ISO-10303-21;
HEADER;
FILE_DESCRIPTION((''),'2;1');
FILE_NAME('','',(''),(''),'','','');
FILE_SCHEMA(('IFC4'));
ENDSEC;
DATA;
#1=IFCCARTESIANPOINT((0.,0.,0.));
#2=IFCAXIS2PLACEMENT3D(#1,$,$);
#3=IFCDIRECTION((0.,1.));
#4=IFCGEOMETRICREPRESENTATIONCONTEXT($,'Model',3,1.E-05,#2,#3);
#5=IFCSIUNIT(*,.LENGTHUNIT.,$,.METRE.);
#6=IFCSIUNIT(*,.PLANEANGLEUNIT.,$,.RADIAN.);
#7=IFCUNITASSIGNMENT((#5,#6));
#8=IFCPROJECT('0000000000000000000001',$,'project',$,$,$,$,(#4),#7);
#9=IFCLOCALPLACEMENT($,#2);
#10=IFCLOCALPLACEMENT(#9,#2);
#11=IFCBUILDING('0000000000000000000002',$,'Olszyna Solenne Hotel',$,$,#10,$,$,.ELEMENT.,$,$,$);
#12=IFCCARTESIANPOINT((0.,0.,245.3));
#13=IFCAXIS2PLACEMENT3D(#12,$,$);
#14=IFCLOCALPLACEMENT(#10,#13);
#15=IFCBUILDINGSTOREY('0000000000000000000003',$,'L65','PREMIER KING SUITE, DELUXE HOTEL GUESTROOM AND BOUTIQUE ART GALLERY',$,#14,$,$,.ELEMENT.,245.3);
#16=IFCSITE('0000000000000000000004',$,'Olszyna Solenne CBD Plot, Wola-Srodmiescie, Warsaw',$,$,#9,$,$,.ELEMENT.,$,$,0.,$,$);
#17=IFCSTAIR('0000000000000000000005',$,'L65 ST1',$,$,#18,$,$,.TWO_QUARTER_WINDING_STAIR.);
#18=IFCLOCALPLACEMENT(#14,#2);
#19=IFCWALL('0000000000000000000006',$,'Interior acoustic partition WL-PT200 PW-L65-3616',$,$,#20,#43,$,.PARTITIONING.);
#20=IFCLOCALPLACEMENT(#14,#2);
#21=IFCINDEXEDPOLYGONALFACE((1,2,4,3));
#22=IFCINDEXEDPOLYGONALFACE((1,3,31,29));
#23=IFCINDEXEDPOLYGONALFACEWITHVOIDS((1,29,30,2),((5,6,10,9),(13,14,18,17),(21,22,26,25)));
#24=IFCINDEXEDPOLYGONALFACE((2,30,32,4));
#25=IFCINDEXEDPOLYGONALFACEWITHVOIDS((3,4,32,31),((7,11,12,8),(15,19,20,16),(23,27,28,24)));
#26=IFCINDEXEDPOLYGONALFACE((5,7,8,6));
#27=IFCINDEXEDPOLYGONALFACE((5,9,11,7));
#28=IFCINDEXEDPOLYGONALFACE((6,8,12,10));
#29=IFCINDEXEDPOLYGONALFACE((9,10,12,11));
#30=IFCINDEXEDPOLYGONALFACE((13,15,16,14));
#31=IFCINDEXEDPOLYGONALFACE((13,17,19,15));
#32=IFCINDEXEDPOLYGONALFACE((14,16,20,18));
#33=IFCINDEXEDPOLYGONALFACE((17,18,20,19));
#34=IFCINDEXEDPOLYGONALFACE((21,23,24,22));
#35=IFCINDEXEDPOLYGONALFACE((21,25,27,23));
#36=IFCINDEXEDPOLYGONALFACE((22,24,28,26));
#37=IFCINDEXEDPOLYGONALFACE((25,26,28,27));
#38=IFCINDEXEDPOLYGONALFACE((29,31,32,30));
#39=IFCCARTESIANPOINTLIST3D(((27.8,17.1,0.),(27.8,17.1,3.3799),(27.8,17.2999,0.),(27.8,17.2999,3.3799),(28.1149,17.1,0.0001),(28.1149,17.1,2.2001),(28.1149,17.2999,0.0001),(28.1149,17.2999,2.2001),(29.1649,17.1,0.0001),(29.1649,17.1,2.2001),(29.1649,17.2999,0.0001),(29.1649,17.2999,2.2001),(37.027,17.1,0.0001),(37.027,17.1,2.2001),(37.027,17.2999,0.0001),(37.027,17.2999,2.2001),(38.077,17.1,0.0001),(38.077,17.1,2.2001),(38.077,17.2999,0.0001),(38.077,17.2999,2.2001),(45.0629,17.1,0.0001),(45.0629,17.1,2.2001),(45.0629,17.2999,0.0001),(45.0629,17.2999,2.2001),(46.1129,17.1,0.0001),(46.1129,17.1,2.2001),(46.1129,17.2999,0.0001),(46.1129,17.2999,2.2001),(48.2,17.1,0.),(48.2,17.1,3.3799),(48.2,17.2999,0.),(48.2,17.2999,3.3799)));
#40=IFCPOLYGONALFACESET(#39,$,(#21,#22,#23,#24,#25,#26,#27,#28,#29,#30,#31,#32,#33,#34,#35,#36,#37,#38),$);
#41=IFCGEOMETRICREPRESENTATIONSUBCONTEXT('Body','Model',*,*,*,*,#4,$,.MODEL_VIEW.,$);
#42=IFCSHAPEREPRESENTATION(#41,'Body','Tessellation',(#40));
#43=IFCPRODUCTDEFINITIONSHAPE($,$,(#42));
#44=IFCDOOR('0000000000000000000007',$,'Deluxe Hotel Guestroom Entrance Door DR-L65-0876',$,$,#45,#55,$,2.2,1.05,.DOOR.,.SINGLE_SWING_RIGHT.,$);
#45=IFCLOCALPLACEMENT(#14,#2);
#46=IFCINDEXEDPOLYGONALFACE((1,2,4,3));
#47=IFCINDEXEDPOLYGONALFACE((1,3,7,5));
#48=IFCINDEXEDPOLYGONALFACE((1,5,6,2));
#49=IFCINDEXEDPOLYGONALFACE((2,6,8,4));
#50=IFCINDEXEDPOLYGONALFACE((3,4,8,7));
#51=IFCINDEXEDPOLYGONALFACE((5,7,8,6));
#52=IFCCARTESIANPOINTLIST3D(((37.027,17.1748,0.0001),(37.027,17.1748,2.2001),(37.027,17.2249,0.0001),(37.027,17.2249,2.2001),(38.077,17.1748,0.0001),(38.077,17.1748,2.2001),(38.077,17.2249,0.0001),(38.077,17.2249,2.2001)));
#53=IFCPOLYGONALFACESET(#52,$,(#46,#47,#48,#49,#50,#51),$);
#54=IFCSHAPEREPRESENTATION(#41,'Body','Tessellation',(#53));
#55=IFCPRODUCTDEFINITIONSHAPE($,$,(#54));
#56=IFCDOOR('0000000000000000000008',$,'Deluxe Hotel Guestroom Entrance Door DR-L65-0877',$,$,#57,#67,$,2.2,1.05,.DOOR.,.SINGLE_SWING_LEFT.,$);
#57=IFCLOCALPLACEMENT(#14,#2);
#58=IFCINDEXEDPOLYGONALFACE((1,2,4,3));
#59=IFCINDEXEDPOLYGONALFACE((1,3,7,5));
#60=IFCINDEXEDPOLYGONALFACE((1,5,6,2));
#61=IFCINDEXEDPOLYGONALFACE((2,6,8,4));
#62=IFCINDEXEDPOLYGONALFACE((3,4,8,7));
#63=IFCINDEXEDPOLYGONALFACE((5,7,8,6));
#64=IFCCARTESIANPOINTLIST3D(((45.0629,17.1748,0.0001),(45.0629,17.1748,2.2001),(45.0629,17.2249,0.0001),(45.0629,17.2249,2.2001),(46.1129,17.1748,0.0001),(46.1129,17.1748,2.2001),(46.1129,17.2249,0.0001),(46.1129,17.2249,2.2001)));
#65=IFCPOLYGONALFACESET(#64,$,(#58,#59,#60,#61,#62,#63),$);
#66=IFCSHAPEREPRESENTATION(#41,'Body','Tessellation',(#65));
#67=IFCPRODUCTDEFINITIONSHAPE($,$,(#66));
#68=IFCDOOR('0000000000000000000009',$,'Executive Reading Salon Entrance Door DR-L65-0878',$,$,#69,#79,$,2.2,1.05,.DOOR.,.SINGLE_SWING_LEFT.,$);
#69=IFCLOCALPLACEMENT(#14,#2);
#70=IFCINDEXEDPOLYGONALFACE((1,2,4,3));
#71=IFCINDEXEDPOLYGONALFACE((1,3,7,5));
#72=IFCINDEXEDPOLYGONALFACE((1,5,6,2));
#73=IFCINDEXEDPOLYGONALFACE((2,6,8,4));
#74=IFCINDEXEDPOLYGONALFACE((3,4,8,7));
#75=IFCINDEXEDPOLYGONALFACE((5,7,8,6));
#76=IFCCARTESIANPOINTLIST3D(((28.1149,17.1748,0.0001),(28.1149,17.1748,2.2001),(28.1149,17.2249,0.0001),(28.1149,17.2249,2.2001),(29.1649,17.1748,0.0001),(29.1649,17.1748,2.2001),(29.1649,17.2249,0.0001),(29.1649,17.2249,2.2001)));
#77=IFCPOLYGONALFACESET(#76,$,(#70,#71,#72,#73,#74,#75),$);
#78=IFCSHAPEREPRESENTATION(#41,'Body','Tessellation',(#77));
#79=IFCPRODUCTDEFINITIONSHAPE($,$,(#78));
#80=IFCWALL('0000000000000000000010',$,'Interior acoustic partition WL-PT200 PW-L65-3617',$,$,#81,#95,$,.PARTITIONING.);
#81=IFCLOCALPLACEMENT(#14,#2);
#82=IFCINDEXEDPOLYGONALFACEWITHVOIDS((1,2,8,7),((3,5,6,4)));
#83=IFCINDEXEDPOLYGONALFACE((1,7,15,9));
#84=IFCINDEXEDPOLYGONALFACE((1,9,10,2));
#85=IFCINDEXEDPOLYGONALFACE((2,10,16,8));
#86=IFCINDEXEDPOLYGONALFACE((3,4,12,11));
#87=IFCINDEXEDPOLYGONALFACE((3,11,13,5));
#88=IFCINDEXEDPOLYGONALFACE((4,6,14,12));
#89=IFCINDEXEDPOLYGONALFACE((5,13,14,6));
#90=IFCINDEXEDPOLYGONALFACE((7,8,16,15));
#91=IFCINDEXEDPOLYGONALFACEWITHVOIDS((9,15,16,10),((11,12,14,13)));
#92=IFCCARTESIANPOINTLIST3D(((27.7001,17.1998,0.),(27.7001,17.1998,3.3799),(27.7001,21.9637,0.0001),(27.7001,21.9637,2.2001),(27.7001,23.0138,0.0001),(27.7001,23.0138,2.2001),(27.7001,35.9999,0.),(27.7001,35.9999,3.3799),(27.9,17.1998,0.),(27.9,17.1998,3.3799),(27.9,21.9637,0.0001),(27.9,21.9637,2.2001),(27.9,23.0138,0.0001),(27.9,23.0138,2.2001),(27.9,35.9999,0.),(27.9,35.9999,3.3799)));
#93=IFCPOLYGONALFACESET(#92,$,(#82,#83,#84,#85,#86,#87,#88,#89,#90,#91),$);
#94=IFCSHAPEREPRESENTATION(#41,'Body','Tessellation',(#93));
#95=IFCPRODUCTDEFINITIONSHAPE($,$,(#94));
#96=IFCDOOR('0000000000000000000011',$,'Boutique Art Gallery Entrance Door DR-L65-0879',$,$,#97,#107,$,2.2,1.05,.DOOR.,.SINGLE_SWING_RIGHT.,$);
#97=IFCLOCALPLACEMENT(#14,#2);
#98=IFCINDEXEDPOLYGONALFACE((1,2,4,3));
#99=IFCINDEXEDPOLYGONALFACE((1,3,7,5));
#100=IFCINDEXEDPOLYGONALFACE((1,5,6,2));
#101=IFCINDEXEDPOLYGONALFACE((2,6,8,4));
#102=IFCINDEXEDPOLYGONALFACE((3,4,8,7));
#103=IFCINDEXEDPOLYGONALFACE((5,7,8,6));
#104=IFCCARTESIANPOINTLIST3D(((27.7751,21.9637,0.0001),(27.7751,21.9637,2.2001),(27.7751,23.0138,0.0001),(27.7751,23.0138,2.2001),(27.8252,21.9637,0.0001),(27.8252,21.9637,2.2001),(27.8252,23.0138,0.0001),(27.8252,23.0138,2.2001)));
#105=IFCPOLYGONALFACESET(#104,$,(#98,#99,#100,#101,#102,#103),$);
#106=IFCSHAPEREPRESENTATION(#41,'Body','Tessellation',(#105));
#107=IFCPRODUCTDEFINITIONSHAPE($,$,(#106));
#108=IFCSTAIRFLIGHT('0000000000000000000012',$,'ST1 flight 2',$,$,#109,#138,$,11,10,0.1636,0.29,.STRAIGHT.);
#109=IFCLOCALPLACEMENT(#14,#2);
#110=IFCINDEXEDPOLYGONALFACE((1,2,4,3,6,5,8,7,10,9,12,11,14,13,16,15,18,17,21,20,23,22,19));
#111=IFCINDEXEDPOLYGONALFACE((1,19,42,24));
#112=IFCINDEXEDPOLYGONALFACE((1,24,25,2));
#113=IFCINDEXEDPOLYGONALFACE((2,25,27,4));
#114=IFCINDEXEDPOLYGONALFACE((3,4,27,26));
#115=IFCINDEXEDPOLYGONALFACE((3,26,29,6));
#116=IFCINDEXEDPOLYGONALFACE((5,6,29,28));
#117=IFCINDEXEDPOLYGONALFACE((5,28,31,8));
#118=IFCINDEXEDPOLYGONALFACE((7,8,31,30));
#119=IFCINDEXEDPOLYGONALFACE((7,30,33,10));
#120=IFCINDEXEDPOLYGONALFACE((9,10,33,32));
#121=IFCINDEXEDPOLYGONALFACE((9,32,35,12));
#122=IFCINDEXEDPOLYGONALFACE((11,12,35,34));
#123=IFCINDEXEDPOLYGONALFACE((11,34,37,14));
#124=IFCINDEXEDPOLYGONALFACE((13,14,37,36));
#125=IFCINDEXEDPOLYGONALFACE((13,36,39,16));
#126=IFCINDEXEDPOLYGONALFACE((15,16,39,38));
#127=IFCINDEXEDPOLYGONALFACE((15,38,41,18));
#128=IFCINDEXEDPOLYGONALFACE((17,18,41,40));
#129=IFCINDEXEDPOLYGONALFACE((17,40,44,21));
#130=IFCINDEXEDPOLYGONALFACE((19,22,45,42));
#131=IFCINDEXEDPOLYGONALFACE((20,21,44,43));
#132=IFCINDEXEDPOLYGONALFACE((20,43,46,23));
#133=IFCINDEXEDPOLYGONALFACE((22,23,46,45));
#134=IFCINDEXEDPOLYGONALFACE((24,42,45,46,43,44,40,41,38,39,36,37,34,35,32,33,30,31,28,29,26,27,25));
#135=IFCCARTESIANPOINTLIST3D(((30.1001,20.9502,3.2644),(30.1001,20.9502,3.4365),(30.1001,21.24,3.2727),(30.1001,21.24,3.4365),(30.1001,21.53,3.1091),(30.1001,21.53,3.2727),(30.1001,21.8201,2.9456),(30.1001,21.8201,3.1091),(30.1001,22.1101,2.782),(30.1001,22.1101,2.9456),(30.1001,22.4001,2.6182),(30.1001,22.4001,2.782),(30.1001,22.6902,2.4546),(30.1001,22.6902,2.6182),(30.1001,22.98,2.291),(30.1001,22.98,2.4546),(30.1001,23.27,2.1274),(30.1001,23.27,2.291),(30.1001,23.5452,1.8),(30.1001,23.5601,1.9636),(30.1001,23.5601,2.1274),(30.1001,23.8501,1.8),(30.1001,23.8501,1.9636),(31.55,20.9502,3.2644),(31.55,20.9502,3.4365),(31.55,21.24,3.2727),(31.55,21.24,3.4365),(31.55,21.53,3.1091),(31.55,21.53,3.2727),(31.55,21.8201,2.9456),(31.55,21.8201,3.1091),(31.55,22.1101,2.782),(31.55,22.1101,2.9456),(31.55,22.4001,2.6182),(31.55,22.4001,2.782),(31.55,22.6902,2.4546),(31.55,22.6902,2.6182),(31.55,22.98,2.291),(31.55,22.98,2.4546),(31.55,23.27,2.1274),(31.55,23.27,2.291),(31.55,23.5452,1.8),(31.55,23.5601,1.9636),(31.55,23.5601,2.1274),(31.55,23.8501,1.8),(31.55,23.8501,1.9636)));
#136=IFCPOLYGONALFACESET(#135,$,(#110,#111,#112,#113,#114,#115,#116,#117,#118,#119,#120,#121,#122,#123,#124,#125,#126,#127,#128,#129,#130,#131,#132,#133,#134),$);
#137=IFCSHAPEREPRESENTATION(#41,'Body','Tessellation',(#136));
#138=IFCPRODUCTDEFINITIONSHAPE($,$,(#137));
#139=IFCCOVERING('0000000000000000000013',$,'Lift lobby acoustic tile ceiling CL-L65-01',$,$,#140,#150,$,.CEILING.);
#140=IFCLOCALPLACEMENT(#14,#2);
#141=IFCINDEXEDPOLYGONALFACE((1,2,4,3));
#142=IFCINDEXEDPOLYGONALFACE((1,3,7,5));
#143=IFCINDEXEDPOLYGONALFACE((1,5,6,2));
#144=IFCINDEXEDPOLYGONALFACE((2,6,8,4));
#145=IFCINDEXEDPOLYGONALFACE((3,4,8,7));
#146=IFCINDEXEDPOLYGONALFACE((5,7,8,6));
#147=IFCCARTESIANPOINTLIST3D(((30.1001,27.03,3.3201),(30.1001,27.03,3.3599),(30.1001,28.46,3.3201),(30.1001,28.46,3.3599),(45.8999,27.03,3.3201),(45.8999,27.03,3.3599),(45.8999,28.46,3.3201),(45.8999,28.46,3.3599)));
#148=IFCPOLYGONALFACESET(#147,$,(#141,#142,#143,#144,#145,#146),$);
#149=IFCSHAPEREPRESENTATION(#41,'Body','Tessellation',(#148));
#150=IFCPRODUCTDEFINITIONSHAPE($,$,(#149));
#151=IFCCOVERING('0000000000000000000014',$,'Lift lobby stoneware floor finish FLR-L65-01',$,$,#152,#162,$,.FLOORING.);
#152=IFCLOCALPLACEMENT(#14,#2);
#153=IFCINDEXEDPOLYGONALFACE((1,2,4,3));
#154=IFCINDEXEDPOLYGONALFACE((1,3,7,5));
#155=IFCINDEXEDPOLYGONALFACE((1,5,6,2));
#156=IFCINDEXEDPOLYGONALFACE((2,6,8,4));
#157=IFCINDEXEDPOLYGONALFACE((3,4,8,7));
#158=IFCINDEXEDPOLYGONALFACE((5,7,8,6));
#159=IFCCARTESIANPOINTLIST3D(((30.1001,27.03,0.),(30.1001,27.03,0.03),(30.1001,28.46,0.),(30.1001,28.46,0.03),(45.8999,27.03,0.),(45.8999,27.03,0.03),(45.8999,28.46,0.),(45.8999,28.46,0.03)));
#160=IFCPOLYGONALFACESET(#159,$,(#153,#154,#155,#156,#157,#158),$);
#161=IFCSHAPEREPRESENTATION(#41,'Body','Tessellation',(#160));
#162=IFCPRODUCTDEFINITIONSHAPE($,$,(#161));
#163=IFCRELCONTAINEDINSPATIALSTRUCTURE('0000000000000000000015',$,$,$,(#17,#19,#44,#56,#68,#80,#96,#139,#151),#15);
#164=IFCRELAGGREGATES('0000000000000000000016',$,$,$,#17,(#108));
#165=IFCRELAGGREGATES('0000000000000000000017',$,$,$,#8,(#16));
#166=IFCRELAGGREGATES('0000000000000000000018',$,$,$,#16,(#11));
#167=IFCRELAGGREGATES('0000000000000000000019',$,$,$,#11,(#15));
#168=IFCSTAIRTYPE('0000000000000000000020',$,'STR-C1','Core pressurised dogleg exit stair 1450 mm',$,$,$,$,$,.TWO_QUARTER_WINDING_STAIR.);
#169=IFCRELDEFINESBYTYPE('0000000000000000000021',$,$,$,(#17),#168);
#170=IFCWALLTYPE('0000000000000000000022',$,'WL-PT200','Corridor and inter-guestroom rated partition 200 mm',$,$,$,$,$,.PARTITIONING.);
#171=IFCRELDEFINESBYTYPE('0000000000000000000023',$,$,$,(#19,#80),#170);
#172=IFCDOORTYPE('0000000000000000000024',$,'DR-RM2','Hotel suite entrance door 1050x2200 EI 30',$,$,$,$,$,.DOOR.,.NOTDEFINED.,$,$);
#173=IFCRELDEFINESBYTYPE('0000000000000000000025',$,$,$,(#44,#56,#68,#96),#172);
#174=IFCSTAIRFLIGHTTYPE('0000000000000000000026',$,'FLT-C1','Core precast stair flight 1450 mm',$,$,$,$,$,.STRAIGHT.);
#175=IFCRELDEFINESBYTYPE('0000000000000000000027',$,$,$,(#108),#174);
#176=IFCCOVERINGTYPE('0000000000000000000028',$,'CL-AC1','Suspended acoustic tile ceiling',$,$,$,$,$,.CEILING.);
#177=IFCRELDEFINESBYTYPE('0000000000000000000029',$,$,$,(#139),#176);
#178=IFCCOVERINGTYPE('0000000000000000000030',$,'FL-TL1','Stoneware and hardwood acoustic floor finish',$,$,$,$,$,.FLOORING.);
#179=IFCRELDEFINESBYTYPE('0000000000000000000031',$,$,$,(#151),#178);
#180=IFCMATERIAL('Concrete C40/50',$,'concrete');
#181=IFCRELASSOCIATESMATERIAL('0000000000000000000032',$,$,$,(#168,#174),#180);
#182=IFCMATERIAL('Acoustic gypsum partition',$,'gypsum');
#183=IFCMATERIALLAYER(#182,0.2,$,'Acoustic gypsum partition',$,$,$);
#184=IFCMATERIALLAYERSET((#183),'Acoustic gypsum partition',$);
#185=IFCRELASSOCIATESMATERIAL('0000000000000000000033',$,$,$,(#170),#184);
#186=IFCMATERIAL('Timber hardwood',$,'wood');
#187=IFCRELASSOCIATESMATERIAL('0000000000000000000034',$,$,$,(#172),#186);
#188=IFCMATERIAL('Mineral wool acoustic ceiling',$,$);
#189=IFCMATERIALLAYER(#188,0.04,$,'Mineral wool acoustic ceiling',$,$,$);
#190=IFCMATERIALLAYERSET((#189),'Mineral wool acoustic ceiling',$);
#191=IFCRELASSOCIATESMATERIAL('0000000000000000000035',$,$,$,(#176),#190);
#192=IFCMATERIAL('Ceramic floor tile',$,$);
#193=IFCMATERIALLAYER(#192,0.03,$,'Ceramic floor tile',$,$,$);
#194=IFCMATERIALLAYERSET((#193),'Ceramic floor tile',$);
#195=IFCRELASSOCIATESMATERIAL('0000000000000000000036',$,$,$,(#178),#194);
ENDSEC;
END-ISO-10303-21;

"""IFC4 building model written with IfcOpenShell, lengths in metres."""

from ifc_helpers import new_model, si_unit, direction, frame, frame_2d, origin, place, context, subcontext, project, spatial, polyline, rectangle, outline, extrude, source, transform, mapped, material, layer, layer_set, type_object, type_shapes, element, fill, aggregate, save


model = new_model("IFC4")

# Units and contexts
model_context = context("Model", 3, precision=1e-05, world=origin(), true_north=direction((0.0, 1.0)))
body_context = subcontext(model_context, "Body", "Model", "MODEL_VIEW")
ifc_project = project(units=[si_unit("LENGTHUNIT", "METRE"), si_unit("PLANEANGLEUNIT", "RADIAN")], contexts=[model_context])

# Site, building, storey
site_placement = place(None, origin())
site = spatial("IfcSite", under=ifc_project, at=site_placement, Name="Olszyna Solenne CBD Plot, Wola-Srodmiescie, Warsaw", CompositionType="ELEMENT", RefElevation=0.0)
building_placement = place(site_placement, origin())
building = spatial("IfcBuilding", under=site, at=building_placement, Name="Olszyna Solenne Hotel", CompositionType="ELEMENT")
storey_placement = place(building_placement, frame((0.0, 0.0, 245.3)))
storey = spatial("IfcBuildingStorey", under=building, at=storey_placement, Name="L65", Description="PREMIER KING SUITE, DELUXE HOTEL GUESTROOM AND BOUTIQUE ART GALLERY", CompositionType="ELEMENT", Elevation=245.3)

# Stair
ifc_material_1 = material(Name="Concrete C40/50", Category="concrete")
stair_type = type_object("IfcStairType", Name="STR-C1", Description="Core pressurised dogleg exit stair 1450 mm", PredefinedType="TWO_QUARTER_WINDING_STAIR", material=ifc_material_1)
stair_1_placement = place(storey_placement, origin())
stair_1 = element("IfcStair", 1, at=stair_1_placement, inside=storey, type_object=stair_type, Name="L65 ST1", PredefinedType="TWO_QUARTER_WINDING_STAIR")

# Shared definitions
ifc_material_2 = material(Name="Timber hardwood", Category="wood")

# Shared definitions
ifc_material_3 = material(Name="Acoustic gypsum partition", Category="gypsum")
ifc_layer_1 = layer(ifc_material_3, 0.2, Name="Acoustic gypsum partition")
ifc_layer_set_1 = layer_set([ifc_layer_1], Name="Acoustic gypsum partition")
wall_type_1 = type_object("IfcWallType", Name="WL-PT200", Description="Corridor and inter-guestroom rated partition 200 mm", PredefinedType="PARTITIONING", material=ifc_layer_set_1)

# Wall, openings, doors
wall_1_placement = place(storey_placement, frame((27.8, 17.2, 0.0), z_axis=(0.0, 0.0, 1.0), x_axis=(1.0, 0.0, 0.0)))
wall_1 = element("IfcWall", 2, at=wall_1_placement, inside=storey, type_object=wall_type_1, Name="Interior acoustic partition WL-PT200 PW-L65-3616", PredefinedType="PARTITIONING", context=body_context, shape_type="SweptSolid", body=[
    extrude(rectangle(XDim=20.3999, YDim=0.2, at=frame_2d((10.2, 0.0))), origin(), (0.0, 0.0, 1.0), 3.3799),
])
opening_1_placement = place(wall_1_placement, frame((9.2271, 0.0, 0.0)))
opening_1 = element("IfcOpeningElement", 3, at=opening_1_placement, cuts=wall_1, PredefinedType="OPENING", context=body_context, shape_type="SweptSolid", body=[
    extrude(rectangle(XDim=1.05, YDim=2.2, at=frame_2d((0.5249, 1.1001))), frame((0.0, 0.1099, 0.0), z_axis=(0.0, -1.0, 0.0), x_axis=(1.0, 0.0, 0.0)), (0.0, 0.0, 1.0), 0.22),
])
opening_2_placement = place(wall_1_placement, frame((17.2629, 0.0, 0.0)))
opening_2 = element("IfcOpeningElement", 4, at=opening_2_placement, cuts=wall_1, PredefinedType="OPENING", context=body_context, shape_type="SweptSolid", body=[
    extrude(rectangle(XDim=1.05, YDim=2.2, at=frame_2d((0.5249, 1.1001))), frame((0.0, 0.1099, 0.0), z_axis=(0.0, -1.0, 0.0), x_axis=(1.0, 0.0, 0.0)), (0.0, 0.0, 1.0), 0.22),
])
opening_3_placement = place(wall_1_placement, frame((0.3149, 0.0, 0.0)))
opening_3 = element("IfcOpeningElement", 5, at=opening_3_placement, cuts=wall_1, PredefinedType="OPENING", context=body_context, shape_type="SweptSolid", body=[
    extrude(rectangle(XDim=1.05, YDim=2.2, at=frame_2d((0.5249, 1.1001))), frame((0.0, 0.1099, 0.0), z_axis=(0.0, -1.0, 0.0), x_axis=(1.0, 0.0, 0.0)), (0.0, 0.0, 1.0), 0.22),
])
door_type_1 = type_object("IfcDoorType", Name="DR-RM2", Description="Hotel suite entrance door 1050x2200 EI 30", OperationType="NOTDEFINED", PredefinedType="DOOR", material=ifc_material_2)
shared_shape_1 = source(origin(), body_context, "Body", "SweptSolid", [
    extrude(rectangle(XDim=1.05, YDim=2.2, at=frame_2d((0.5249, 1.1001))), frame((0.0, 0.0249, 0.0), z_axis=(0.0, -1.0, 0.0), x_axis=(1.0, 0.0, 0.0)), (0.0, 0.0, 1.0), 0.05),
])
type_shapes(door_type_1, [shared_shape_1])
door_1_placement = place(opening_1_placement, origin())
door_1 = element("IfcDoor", 6, at=door_1_placement, inside=storey, type_object=door_type_1, Name="Deluxe Hotel Guestroom Entrance Door DR-L65-0876", OperationType="SINGLE_SWING_RIGHT", OverallHeight=2.2, OverallWidth=1.05, PredefinedType="DOOR", context=body_context, shape_type="MappedRepresentation", body=[
    mapped(shared_shape_1, transform((0.0, 0.0, 0.0), x_axis=(1.0, 0.0, 0.0), y_axis=(0.0, 1.0, 0.0), z_axis=(0.0, 0.0, 1.0), scale=1.0)),
])
fill(opening_1, door_1)
door_2_placement = place(opening_2_placement, origin())
door_2 = element("IfcDoor", 7, at=door_2_placement, inside=storey, type_object=door_type_1, Name="Deluxe Hotel Guestroom Entrance Door DR-L65-0877", OperationType="SINGLE_SWING_LEFT", OverallHeight=2.2, OverallWidth=1.05, PredefinedType="DOOR", context=body_context, shape_type="MappedRepresentation", body=[
    mapped(shared_shape_1, transform((0.0, 0.0, 0.0), x_axis=(1.0, 0.0, 0.0), y_axis=(0.0, 1.0, 0.0), z_axis=(0.0, 0.0, 1.0), scale=1.0)),
])
fill(opening_2, door_2)
door_3_placement = place(opening_3_placement, origin())
door_3 = element("IfcDoor", 8, at=door_3_placement, inside=storey, type_object=door_type_1, Name="Executive Reading Salon Entrance Door DR-L65-0878", OperationType="SINGLE_SWING_LEFT", OverallHeight=2.2, OverallWidth=1.05, PredefinedType="DOOR", context=body_context, shape_type="MappedRepresentation", body=[
    mapped(shared_shape_1, transform((0.0, 0.0, 0.0), x_axis=(1.0, 0.0, 0.0), y_axis=(0.0, 1.0, 0.0), z_axis=(0.0, 0.0, 1.0), scale=1.0)),
])
fill(opening_3, door_3)

# Wall, opening, door
wall_2_placement = place(storey_placement, frame((27.8, 17.2, 0.0), z_axis=(0.0, 0.0, 1.0), x_axis=(0.0, 1.0, 0.0)))
wall_2 = element("IfcWall", 9, at=wall_2_placement, inside=storey, type_object=wall_type_1, Name="Interior acoustic partition WL-PT200 PW-L65-3617", PredefinedType="PARTITIONING", context=body_context, shape_type="SweptSolid", body=[
    extrude(rectangle(XDim=18.8, YDim=0.2, at=frame_2d((9.3999, 0.0))), origin(), (0.0, 0.0, 1.0), 3.3799),
])
opening_4_placement = place(wall_2_placement, frame((4.7639, 0.0, 0.0)))
opening_4 = element("IfcOpeningElement", 10, at=opening_4_placement, cuts=wall_2, PredefinedType="OPENING", context=body_context, shape_type="SweptSolid", body=[
    extrude(rectangle(XDim=1.05, YDim=2.2, at=frame_2d((0.5249, 1.1001))), frame((0.0, 0.1099, 0.0), z_axis=(0.0, -1.0, 0.0), x_axis=(1.0, 0.0, 0.0)), (0.0, 0.0, 1.0), 0.22),
])
door_4_placement = place(opening_4_placement, origin())
door_4 = element("IfcDoor", 11, at=door_4_placement, inside=storey, type_object=door_type_1, Name="Boutique Art Gallery Entrance Door DR-L65-0879", OperationType="SINGLE_SWING_RIGHT", OverallHeight=2.2, OverallWidth=1.05, PredefinedType="DOOR", context=body_context, shape_type="MappedRepresentation", body=[
    mapped(shared_shape_1, transform((0.0, 0.0, 0.0), x_axis=(1.0, 0.0, 0.0), y_axis=(0.0, 1.0, 0.0), z_axis=(0.0, 0.0, 1.0), scale=1.0)),
])
fill(opening_4, door_4)

# Stair flight
stair_flight_type = type_object("IfcStairFlightType", Name="FLT-C1", Description="Core precast stair flight 1450 mm", PredefinedType="STRAIGHT", material=ifc_material_1)
stair_flight_placement = place(storey_placement, frame((30.825, 23.8501, 1.8), z_axis=(0.0, 0.0, 1.0), x_axis=(0.0, -1.0, 0.0)))
stair_flight = element("IfcStairFlight", 12, at=stair_flight_placement, type_object=stair_flight_type, Name="ST1 flight 2", NumberOfRisers=11, NumberOfTreads=10, PredefinedType="STRAIGHT", RiserHeight=0.1636, TreadLength=0.29, context=body_context, shape_type="SweptSolid", body=[
    extrude(outline(polyline([(0.0, 0.0), (0.0, 0.1636), (0.29, 0.1636), (0.29, 0.3274), (0.5801, 0.3274), (0.5801, 0.491), (0.8701, 0.491), (0.8701, 0.6545), (1.1599, 0.6545), (1.1599, 0.8181), (1.45, 0.8181), (1.45, 0.9819), (1.74, 0.9819), (1.74, 1.1455), (2.03, 1.1455), (2.03, 1.3091), (2.3201, 1.3091), (2.3201, 1.4727), (2.6101, 1.4727), (2.6101, 1.6365), (2.8999, 1.6365), (2.8999, 1.8), (2.8999, 1.4644), (0.3049, 0.0), (0.0, 0.0)])), frame((0.0, 0.7251, 0.0), z_axis=(0.0, -1.0, 0.0), x_axis=(1.0, 0.0, 0.0)), (0.0, 0.0, 1.0), 1.45),
])
aggregate(stair_1, [stair_flight])

# Coverings
ifc_material_4 = material(Name="Mineral wool acoustic ceiling")
ifc_layer_2 = layer(ifc_material_4, 0.04, Name="Mineral wool acoustic ceiling")
ifc_layer_set_2 = layer_set([ifc_layer_2], Name="Mineral wool acoustic ceiling")
covering_type_1 = type_object("IfcCoveringType", Name="CL-AC1", Description="Suspended acoustic tile ceiling", PredefinedType="CEILING", material=ifc_layer_set_2)
covering_1_placement = place(storey_placement, frame((0.0, 0.0, 3.3201)))
element("IfcCovering", 13, at=covering_1_placement, inside=storey, type_object=covering_type_1, Name="Lift lobby acoustic tile ceiling CL-L65-01", PredefinedType="CEILING", context=body_context, shape_type="SweptSolid", body=[
    extrude(outline(polyline([(30.1001, 27.03), (45.8999, 27.03), (45.8999, 28.46), (30.1001, 28.46), (30.1001, 27.03)])), origin(), (0.0, 0.0, 1.0), 0.0398),
])
ifc_material_5 = material(Name="Ceramic floor tile")
ifc_layer_3 = layer(ifc_material_5, 0.03, Name="Ceramic floor tile")
ifc_layer_set_3 = layer_set([ifc_layer_3], Name="Ceramic floor tile")
covering_type_2 = type_object("IfcCoveringType", Name="FL-TL1", Description="Stoneware and hardwood acoustic floor finish", PredefinedType="FLOORING", material=ifc_layer_set_3)
covering_2_placement = place(storey_placement, origin())
element("IfcCovering", 14, at=covering_2_placement, inside=storey, type_object=covering_type_2, Name="Lift lobby stoneware floor finish FLR-L65-01", PredefinedType="FLOORING", context=body_context, shape_type="SweptSolid", body=[
    extrude(outline(polyline([(30.1001, 27.03), (45.8999, 27.03), (45.8999, 28.46), (30.1001, 28.46), (30.1001, 27.03)])), origin(), (0.0, 0.0, 1.0), 0.03),
])

save(model, "model.ifc")
